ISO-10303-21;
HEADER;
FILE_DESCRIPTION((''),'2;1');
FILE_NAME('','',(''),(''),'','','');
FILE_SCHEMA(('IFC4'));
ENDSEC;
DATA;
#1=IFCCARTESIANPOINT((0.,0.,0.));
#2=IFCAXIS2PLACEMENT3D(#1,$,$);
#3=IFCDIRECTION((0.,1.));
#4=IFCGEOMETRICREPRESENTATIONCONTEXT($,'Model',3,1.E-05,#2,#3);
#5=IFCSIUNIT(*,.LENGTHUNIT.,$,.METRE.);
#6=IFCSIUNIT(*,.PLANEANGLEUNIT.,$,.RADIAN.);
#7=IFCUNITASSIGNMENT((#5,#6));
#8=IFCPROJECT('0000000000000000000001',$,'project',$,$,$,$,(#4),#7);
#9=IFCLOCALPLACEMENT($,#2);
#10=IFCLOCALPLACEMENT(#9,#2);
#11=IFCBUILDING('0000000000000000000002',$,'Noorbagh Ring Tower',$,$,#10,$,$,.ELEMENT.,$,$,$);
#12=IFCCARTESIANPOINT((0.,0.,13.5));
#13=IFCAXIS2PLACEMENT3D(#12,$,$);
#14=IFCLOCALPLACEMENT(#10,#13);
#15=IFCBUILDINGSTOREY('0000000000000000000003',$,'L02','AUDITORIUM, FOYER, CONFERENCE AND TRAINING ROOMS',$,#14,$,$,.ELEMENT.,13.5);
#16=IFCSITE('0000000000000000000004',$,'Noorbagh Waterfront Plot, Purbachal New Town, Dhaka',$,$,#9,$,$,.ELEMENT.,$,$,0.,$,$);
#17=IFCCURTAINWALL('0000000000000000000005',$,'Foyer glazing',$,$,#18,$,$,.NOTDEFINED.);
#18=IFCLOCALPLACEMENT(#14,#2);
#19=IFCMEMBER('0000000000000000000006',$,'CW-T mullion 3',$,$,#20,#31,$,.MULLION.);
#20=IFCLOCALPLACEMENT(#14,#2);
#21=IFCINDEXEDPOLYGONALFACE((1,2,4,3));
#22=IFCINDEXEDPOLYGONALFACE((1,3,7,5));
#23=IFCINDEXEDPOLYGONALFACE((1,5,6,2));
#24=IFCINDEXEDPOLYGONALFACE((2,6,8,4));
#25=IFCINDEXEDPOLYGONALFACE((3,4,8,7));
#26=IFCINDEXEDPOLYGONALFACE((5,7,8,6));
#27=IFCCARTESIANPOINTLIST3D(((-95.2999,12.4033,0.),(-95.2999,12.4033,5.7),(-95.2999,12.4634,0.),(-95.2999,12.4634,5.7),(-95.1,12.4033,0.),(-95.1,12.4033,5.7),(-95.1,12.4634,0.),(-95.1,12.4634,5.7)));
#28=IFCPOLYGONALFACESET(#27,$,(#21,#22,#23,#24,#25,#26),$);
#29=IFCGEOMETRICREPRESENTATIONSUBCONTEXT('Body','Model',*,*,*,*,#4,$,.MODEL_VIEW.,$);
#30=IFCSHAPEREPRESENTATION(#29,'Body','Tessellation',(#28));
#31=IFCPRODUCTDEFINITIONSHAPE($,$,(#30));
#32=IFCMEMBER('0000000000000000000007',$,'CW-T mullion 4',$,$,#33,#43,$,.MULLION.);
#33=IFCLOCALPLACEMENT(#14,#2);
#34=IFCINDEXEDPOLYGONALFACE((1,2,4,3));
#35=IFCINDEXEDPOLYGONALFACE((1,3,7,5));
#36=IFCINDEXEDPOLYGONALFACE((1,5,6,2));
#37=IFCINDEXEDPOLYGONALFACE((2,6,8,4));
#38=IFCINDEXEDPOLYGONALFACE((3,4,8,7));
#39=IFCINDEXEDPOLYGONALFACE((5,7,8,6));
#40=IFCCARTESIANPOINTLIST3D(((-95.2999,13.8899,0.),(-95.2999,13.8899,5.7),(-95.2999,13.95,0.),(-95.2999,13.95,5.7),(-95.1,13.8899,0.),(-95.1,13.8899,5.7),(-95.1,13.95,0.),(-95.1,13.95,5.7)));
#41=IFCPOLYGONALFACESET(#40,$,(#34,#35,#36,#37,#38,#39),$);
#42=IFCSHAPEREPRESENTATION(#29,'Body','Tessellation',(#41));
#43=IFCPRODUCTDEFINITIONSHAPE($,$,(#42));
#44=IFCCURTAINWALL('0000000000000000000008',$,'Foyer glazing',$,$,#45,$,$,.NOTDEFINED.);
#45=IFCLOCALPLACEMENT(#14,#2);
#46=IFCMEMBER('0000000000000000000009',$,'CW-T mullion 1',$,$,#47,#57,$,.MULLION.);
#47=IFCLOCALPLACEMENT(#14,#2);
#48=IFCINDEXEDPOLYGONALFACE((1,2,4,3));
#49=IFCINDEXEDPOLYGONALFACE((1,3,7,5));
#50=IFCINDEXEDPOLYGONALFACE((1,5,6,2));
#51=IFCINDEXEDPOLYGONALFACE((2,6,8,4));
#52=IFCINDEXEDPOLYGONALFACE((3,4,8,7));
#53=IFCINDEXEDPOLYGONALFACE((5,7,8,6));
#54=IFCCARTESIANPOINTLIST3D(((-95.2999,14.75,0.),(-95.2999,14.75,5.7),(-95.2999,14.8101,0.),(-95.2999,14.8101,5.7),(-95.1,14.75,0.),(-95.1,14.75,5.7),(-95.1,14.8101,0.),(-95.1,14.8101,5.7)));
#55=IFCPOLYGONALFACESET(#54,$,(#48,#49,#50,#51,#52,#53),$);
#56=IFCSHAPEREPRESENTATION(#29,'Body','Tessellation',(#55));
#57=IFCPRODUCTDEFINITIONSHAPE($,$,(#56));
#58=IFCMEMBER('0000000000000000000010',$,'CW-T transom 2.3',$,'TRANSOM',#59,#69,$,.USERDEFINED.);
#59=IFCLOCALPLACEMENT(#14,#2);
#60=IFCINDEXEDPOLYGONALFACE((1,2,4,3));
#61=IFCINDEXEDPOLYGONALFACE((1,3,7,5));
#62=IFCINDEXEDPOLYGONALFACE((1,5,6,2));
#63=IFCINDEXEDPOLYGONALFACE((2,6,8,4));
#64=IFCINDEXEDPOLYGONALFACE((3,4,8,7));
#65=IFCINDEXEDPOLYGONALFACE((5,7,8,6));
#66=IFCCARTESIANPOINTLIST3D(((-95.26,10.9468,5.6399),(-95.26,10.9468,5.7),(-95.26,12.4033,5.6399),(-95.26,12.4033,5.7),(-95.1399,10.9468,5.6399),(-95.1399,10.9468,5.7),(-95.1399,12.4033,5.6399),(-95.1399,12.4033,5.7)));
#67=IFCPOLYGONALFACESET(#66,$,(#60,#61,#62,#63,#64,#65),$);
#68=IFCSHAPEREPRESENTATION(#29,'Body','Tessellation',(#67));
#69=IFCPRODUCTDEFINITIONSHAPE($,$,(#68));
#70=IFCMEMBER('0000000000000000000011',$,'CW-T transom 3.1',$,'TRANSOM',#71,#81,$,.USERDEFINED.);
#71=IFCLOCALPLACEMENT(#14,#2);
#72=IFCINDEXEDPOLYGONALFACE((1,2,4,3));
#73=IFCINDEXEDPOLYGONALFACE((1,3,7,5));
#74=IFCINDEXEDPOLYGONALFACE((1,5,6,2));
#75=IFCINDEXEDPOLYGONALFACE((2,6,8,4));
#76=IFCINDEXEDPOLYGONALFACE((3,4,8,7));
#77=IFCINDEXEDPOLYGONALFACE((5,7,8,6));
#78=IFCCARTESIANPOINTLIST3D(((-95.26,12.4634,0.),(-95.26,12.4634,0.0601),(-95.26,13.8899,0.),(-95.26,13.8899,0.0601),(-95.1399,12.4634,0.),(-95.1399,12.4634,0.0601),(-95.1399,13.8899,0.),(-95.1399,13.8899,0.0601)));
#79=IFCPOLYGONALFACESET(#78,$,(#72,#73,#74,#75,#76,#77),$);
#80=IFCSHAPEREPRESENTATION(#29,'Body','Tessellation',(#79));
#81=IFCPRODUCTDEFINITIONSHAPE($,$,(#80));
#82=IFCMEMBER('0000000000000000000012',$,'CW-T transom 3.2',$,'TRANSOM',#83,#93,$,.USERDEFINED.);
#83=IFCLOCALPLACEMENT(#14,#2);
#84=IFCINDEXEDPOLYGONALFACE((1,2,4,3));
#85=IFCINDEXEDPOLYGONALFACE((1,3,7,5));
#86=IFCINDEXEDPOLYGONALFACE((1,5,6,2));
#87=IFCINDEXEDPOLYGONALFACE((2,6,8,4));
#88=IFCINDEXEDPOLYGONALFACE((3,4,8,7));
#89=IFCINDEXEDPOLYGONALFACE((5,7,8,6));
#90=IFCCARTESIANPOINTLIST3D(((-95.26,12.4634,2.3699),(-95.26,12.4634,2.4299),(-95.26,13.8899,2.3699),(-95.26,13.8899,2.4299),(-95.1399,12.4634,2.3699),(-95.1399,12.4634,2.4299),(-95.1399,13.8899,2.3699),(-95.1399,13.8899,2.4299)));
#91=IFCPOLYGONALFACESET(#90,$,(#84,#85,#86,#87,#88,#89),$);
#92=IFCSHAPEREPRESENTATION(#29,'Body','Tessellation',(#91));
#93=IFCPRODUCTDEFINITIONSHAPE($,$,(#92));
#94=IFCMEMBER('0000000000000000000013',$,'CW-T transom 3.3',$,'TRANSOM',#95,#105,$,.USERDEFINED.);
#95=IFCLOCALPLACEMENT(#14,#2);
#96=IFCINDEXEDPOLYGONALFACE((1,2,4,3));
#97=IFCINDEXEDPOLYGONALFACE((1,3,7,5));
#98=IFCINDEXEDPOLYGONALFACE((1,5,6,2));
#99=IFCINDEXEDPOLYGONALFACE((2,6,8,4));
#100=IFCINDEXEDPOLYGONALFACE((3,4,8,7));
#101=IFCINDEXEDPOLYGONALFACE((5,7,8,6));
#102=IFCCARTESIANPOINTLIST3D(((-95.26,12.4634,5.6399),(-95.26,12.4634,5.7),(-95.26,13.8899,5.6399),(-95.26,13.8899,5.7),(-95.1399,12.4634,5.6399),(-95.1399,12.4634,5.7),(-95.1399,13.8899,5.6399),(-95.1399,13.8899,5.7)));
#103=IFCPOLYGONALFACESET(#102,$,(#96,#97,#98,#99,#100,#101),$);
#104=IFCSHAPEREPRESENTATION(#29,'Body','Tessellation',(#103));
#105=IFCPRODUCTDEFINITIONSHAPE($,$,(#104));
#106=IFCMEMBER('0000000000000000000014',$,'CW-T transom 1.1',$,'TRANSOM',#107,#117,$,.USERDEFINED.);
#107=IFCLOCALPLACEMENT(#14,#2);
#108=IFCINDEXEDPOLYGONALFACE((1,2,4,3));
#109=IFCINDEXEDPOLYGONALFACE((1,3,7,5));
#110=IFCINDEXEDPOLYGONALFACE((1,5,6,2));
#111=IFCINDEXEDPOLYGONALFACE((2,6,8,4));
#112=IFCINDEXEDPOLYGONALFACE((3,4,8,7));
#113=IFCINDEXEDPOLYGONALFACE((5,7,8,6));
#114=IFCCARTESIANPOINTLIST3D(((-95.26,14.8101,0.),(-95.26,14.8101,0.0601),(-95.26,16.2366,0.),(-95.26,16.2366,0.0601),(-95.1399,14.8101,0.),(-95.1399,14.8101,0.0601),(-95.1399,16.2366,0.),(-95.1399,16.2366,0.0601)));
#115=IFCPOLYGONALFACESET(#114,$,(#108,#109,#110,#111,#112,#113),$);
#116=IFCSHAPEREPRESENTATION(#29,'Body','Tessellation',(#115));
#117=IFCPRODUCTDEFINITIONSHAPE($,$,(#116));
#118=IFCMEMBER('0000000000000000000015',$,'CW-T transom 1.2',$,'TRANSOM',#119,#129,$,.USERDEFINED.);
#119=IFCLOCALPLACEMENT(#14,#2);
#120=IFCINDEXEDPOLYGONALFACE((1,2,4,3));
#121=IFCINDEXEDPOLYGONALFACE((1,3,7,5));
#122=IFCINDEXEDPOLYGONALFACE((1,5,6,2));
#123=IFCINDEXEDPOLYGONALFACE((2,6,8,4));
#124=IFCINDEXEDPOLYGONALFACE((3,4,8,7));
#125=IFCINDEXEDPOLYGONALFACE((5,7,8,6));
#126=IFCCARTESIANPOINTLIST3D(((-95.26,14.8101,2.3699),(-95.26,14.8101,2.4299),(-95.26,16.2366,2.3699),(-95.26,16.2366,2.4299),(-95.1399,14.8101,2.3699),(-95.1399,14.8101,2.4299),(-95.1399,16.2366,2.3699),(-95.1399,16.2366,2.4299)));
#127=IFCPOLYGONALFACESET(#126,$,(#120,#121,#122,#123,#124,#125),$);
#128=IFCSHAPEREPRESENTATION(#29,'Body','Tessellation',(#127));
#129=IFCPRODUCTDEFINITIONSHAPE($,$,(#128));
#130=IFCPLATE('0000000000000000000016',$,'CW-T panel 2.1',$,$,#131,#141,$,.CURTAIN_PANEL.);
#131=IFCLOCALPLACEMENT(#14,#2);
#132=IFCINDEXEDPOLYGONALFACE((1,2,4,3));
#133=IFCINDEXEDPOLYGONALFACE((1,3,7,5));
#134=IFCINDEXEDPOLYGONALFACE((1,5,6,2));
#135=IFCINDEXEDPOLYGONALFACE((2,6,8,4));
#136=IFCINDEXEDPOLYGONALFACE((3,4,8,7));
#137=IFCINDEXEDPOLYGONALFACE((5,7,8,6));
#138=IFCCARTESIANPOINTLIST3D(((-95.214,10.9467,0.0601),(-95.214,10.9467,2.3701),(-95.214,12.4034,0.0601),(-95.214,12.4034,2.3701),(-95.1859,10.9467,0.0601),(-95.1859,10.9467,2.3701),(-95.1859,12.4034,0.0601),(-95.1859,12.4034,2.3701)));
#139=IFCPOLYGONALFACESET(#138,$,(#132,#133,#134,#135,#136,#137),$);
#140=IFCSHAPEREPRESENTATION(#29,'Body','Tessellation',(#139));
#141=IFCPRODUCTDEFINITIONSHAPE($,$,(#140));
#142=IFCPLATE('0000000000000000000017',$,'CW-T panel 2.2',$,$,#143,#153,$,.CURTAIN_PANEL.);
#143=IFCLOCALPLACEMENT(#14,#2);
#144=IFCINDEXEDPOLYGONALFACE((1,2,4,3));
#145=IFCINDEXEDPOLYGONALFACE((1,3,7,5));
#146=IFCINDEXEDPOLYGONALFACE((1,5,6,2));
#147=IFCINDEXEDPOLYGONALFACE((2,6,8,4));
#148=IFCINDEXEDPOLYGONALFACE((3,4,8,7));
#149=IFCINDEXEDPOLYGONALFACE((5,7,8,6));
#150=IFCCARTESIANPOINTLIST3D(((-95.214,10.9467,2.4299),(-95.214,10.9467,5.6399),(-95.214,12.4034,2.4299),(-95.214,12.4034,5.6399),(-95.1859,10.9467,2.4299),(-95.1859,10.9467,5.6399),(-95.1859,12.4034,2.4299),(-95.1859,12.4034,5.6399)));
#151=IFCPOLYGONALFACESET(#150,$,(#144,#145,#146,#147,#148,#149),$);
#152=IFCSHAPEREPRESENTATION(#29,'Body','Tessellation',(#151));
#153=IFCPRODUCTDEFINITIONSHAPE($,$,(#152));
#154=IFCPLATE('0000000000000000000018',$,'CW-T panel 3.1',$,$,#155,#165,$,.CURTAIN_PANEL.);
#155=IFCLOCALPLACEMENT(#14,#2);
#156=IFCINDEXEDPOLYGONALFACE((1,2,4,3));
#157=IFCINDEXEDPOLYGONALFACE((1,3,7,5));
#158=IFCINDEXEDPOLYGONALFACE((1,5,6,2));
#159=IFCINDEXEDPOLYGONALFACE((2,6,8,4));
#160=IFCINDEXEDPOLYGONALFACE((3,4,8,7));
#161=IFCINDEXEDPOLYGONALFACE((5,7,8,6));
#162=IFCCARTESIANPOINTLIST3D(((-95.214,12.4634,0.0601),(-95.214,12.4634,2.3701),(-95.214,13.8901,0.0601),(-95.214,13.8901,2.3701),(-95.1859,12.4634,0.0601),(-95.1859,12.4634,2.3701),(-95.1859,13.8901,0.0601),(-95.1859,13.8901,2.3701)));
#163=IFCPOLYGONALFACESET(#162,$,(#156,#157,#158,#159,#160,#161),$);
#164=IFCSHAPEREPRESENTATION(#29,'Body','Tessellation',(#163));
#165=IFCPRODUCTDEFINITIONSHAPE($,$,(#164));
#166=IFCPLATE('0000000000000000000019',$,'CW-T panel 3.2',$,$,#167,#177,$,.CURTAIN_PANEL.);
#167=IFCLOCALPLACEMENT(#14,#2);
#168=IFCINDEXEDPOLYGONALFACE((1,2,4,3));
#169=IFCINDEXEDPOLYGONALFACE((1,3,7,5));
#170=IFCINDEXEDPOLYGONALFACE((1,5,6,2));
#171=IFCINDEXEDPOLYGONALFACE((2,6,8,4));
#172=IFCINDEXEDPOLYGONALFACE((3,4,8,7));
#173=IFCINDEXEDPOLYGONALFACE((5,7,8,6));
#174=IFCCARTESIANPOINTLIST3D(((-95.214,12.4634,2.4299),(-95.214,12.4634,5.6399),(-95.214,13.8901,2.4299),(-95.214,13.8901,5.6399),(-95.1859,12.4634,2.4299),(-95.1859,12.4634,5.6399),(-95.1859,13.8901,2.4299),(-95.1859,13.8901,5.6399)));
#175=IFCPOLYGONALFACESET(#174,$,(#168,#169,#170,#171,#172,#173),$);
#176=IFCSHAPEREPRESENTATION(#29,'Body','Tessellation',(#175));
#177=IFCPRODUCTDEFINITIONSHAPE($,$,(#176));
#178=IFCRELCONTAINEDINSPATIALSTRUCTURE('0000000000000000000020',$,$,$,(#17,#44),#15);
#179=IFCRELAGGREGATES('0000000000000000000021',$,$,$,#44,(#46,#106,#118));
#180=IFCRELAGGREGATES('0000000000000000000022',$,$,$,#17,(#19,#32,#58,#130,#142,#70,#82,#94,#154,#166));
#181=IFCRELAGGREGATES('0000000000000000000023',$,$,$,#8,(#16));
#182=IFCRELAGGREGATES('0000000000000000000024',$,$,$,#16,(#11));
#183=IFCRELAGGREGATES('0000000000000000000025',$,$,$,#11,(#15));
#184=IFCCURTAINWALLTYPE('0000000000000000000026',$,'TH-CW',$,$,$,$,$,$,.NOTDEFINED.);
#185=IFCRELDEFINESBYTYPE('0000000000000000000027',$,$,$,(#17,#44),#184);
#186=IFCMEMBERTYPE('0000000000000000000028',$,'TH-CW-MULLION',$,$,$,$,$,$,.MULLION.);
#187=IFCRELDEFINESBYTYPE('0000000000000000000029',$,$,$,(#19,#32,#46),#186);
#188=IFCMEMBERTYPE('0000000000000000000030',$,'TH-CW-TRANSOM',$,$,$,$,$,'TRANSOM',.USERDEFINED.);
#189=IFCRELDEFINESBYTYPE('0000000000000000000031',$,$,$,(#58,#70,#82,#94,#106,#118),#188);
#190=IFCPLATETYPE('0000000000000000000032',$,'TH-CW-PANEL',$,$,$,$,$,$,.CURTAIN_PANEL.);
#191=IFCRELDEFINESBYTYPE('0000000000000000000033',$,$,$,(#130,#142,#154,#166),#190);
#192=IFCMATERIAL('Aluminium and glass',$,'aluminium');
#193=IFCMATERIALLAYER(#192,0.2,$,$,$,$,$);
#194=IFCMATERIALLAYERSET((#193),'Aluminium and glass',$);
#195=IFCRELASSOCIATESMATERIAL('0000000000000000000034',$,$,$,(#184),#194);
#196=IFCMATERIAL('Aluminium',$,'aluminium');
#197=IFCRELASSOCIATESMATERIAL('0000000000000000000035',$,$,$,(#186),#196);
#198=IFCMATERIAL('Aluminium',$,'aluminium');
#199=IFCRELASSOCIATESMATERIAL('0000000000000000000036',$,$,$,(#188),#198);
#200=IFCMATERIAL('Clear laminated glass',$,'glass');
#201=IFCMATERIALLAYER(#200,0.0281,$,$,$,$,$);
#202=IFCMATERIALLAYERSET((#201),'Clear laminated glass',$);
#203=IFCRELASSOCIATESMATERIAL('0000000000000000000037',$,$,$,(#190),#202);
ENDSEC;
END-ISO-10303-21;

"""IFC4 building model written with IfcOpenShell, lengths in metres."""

from ifc_helpers import new_model, si_unit, direction, frame, origin, origin_2d, place, context, subcontext, project, spatial, rectangle, extrude, material, layer, layer_set, material_profile, profile_set, type_object, element, aggregate, save


model = new_model("IFC4")

# Units and contexts
model_context = context("Model", 3, precision=1e-05, world=origin(), true_north=direction((0.0, 1.0)))
body_context = subcontext(model_context, "Body", "Model", "MODEL_VIEW")
ifc_project = project(units=[si_unit("LENGTHUNIT", "METRE"), si_unit("PLANEANGLEUNIT", "RADIAN")], contexts=[model_context])

# Site, building, storey
site_placement = place(None, origin())
site = spatial("IfcSite", under=ifc_project, at=site_placement, Name="Noorbagh Waterfront Plot, Purbachal New Town, Dhaka", CompositionType="ELEMENT", RefElevation=0.0)
building_placement = place(site_placement, origin())
building = spatial("IfcBuilding", under=site, at=building_placement, Name="Noorbagh Ring Tower", CompositionType="ELEMENT")
storey_placement = place(building_placement, frame((0.0, 0.0, 13.5)))
storey = spatial("IfcBuildingStorey", under=building, at=storey_placement, Name="L02", Description="AUDITORIUM, FOYER, CONFERENCE AND TRAINING ROOMS", CompositionType="ELEMENT", Elevation=13.5)

# Curtain wall, members
ifc_material_1 = material(Name="Aluminium and glass", Category="aluminium")
ifc_layer_1 = layer(ifc_material_1, 0.2)
ifc_layer_set_1 = layer_set([ifc_layer_1], Name="Aluminium and glass")
curtain_wall_type = type_object("IfcCurtainWallType", Name="TH-CW", PredefinedType="NOTDEFINED", material=ifc_layer_set_1)
curtain_wall_1_placement = place(storey_placement, origin())
curtain_wall_1 = element("IfcCurtainWall", 1, at=curtain_wall_1_placement, inside=storey, type_object=curtain_wall_type, Name="Foyer glazing", PredefinedType="NOTDEFINED")
ifc_material_2 = material(Name="Aluminium", Category="aluminium")
ifc_material_profile_1 = material_profile(ifc_material_2, rectangle(XDim=0.2, YDim=0.0601, at=origin_2d()), Name="AL 200x60")
ifc_profile_set_1 = profile_set([ifc_material_profile_1], Name="Aluminium")
member_type_1 = type_object("IfcMemberType", Name="TH-CW-MULLION", PredefinedType="MULLION", material=ifc_profile_set_1)
member_1_placement = place(storey_placement, frame((-95.2, 12.4333, 0.0), z_axis=(0.0, 0.0, 1.0), x_axis=(-1.0, 0.0, 0.0)))
member_1 = element("IfcMember", 2, at=member_1_placement, type_object=member_type_1, Name="CW-T mullion 3", PredefinedType="MULLION", context=body_context, shape_type="SweptSolid", body=[
    extrude(rectangle(XDim=0.2, YDim=0.0601, at=origin_2d()), origin(), (0.0, 0.0, 1.0), 5.7),
])
member_2_placement = place(storey_placement, frame((-95.2, 13.9199, 0.0), z_axis=(0.0, 0.0, 1.0), x_axis=(-1.0, 0.0, 0.0)))
member_2 = element("IfcMember", 3, at=member_2_placement, type_object=member_type_1, Name="CW-T mullion 4", PredefinedType="MULLION", context=body_context, shape_type="SweptSolid", body=[
    extrude(rectangle(XDim=0.2, YDim=0.0601, at=origin_2d()), origin(), (0.0, 0.0, 1.0), 5.7),
])

# Curtain wall, member
curtain_wall_2_placement = place(storey_placement, origin())
curtain_wall_2 = element("IfcCurtainWall", 4, at=curtain_wall_2_placement, inside=storey, type_object=curtain_wall_type, Name="Foyer glazing", PredefinedType="NOTDEFINED")
member_3_placement = place(storey_placement, frame((-95.2, 14.78, 0.0), z_axis=(0.0, 0.0, 1.0), x_axis=(-1.0, 0.0, 0.0)))
member_3 = element("IfcMember", 5, at=member_3_placement, type_object=member_type_1, Name="CW-T mullion 1", PredefinedType="MULLION", context=body_context, shape_type="SweptSolid", body=[
    extrude(rectangle(XDim=0.2, YDim=0.0601, at=origin_2d()), origin(), (0.0, 0.0, 1.0), 5.7),
])

# Members
ifc_material_3 = material(Name="Aluminium", Category="aluminium")
ifc_material_profile_2 = material_profile(ifc_material_3, rectangle(XDim=0.1201, YDim=0.0601, at=origin_2d()), Name="AL 120x60")
ifc_profile_set_2 = profile_set([ifc_material_profile_2], Name="Aluminium")
member_type_2 = type_object("IfcMemberType", Name="TH-CW-TRANSOM", ElementType="TRANSOM", PredefinedType="USERDEFINED", material=ifc_profile_set_2)
member_4_placement = place(storey_placement, frame((-95.2, 10.9468, 5.6699), z_axis=(0.0, 1.0, 0.0), x_axis=(-1.0, 0.0, 0.0)))
member_4 = element("IfcMember", 6, at=member_4_placement, type_object=member_type_2, Name="CW-T transom 2.3", ObjectType="TRANSOM", PredefinedType="USERDEFINED", context=body_context, shape_type="SweptSolid", body=[
    extrude(rectangle(XDim=0.1201, YDim=0.0601, at=origin_2d()), origin(), (0.0, 0.0, 1.0), 1.4565),
])
member_5_placement = place(storey_placement, frame((-95.2, 12.4634, 0.03), z_axis=(0.0, 1.0, 0.0), x_axis=(-1.0, 0.0, 0.0)))
member_5 = element("IfcMember", 7, at=member_5_placement, type_object=member_type_2, Name="CW-T transom 3.1", ObjectType="TRANSOM", PredefinedType="USERDEFINED", context=body_context, shape_type="SweptSolid", body=[
    extrude(rectangle(XDim=0.1201, YDim=0.0601, at=origin_2d()), origin(), (0.0, 0.0, 1.0), 1.4265),
])
member_6_placement = place(storey_placement, frame((-95.2, 12.4634, 2.3999), z_axis=(0.0, 1.0, 0.0), x_axis=(-1.0, 0.0, 0.0)))
member_6 = element("IfcMember", 8, at=member_6_placement, type_object=member_type_2, Name="CW-T transom 3.2", ObjectType="TRANSOM", PredefinedType="USERDEFINED", context=body_context, shape_type="SweptSolid", body=[
    extrude(rectangle(XDim=0.1201, YDim=0.0601, at=origin_2d()), origin(), (0.0, 0.0, 1.0), 1.4265),
])
member_7_placement = place(storey_placement, frame((-95.2, 12.4634, 5.6699), z_axis=(0.0, 1.0, 0.0), x_axis=(-1.0, 0.0, 0.0)))
member_7 = element("IfcMember", 9, at=member_7_placement, type_object=member_type_2, Name="CW-T transom 3.3", ObjectType="TRANSOM", PredefinedType="USERDEFINED", context=body_context, shape_type="SweptSolid", body=[
    extrude(rectangle(XDim=0.1201, YDim=0.0601, at=origin_2d()), origin(), (0.0, 0.0, 1.0), 1.4265),
])
member_8_placement = place(storey_placement, frame((-95.2, 14.8101, 0.03), z_axis=(0.0, 1.0, 0.0), x_axis=(-1.0, 0.0, 0.0)))
member_8 = element("IfcMember", 10, at=member_8_placement, type_object=member_type_2, Name="CW-T transom 1.1", ObjectType="TRANSOM", PredefinedType="USERDEFINED", context=body_context, shape_type="SweptSolid", body=[
    extrude(rectangle(XDim=0.1201, YDim=0.0601, at=origin_2d()), origin(), (0.0, 0.0, 1.0), 1.4265),
])
member_9_placement = place(storey_placement, frame((-95.2, 14.8101, 2.3999), z_axis=(0.0, 1.0, 0.0), x_axis=(-1.0, 0.0, 0.0)))
member_9 = element("IfcMember", 11, at=member_9_placement, type_object=member_type_2, Name="CW-T transom 1.2", ObjectType="TRANSOM", PredefinedType="USERDEFINED", context=body_context, shape_type="SweptSolid", body=[
    extrude(rectangle(XDim=0.1201, YDim=0.0601, at=origin_2d()), origin(), (0.0, 0.0, 1.0), 1.4265),
])
aggregate(curtain_wall_2, [member_3, member_8, member_9])

# Plates
ifc_material_4 = material(Name="Clear laminated glass", Category="glass")
ifc_layer_2 = layer(ifc_material_4, 0.0281)
ifc_layer_set_2 = layer_set([ifc_layer_2], Name="Clear laminated glass")
plate_type = type_object("IfcPlateType", Name="TH-CW-PANEL", PredefinedType="CURTAIN_PANEL", material=ifc_layer_set_2)
plate_1_placement = place(storey_placement, frame((-95.2, 11.675, 0.0601), z_axis=(0.0, 0.0, 1.0), x_axis=(0.0, 1.0, 0.0)))
plate_1 = element("IfcPlate", 12, at=plate_1_placement, type_object=plate_type, Name="CW-T panel 2.1", PredefinedType="CURTAIN_PANEL", context=body_context, shape_type="SweptSolid", body=[
    extrude(rectangle(XDim=1.4568, YDim=0.0281, at=origin_2d()), origin(), (0.0, 0.0, 1.0), 2.3101),
])
plate_2_placement = place(storey_placement, frame((-95.2, 11.675, 2.4299), z_axis=(0.0, 0.0, 1.0), x_axis=(0.0, 1.0, 0.0)))
plate_2 = element("IfcPlate", 13, at=plate_2_placement, type_object=plate_type, Name="CW-T panel 2.2", PredefinedType="CURTAIN_PANEL", context=body_context, shape_type="SweptSolid", body=[
    extrude(rectangle(XDim=1.4568, YDim=0.0281, at=origin_2d()), origin(), (0.0, 0.0, 1.0), 3.21),
])
plate_3_placement = place(storey_placement, frame((-95.2, 13.1768, 0.0601), z_axis=(0.0, 0.0, 1.0), x_axis=(0.0, 1.0, 0.0)))
plate_3 = element("IfcPlate", 14, at=plate_3_placement, type_object=plate_type, Name="CW-T panel 3.1", PredefinedType="CURTAIN_PANEL", context=body_context, shape_type="SweptSolid", body=[
    extrude(rectangle(XDim=1.4268, YDim=0.0281, at=origin_2d()), origin(), (0.0, 0.0, 1.0), 2.3101),
])
plate_4_placement = place(storey_placement, frame((-95.2, 13.1768, 2.4299), z_axis=(0.0, 0.0, 1.0), x_axis=(0.0, 1.0, 0.0)))
plate_4 = element("IfcPlate", 15, at=plate_4_placement, type_object=plate_type, Name="CW-T panel 3.2", PredefinedType="CURTAIN_PANEL", context=body_context, shape_type="SweptSolid", body=[
    extrude(rectangle(XDim=1.4268, YDim=0.0281, at=origin_2d()), origin(), (0.0, 0.0, 1.0), 3.21),
])
aggregate(curtain_wall_1, [member_1, member_2, member_4, plate_1, plate_2, member_5, member_6, member_7, plate_3, plate_4])

save(model, "model.ifc")
